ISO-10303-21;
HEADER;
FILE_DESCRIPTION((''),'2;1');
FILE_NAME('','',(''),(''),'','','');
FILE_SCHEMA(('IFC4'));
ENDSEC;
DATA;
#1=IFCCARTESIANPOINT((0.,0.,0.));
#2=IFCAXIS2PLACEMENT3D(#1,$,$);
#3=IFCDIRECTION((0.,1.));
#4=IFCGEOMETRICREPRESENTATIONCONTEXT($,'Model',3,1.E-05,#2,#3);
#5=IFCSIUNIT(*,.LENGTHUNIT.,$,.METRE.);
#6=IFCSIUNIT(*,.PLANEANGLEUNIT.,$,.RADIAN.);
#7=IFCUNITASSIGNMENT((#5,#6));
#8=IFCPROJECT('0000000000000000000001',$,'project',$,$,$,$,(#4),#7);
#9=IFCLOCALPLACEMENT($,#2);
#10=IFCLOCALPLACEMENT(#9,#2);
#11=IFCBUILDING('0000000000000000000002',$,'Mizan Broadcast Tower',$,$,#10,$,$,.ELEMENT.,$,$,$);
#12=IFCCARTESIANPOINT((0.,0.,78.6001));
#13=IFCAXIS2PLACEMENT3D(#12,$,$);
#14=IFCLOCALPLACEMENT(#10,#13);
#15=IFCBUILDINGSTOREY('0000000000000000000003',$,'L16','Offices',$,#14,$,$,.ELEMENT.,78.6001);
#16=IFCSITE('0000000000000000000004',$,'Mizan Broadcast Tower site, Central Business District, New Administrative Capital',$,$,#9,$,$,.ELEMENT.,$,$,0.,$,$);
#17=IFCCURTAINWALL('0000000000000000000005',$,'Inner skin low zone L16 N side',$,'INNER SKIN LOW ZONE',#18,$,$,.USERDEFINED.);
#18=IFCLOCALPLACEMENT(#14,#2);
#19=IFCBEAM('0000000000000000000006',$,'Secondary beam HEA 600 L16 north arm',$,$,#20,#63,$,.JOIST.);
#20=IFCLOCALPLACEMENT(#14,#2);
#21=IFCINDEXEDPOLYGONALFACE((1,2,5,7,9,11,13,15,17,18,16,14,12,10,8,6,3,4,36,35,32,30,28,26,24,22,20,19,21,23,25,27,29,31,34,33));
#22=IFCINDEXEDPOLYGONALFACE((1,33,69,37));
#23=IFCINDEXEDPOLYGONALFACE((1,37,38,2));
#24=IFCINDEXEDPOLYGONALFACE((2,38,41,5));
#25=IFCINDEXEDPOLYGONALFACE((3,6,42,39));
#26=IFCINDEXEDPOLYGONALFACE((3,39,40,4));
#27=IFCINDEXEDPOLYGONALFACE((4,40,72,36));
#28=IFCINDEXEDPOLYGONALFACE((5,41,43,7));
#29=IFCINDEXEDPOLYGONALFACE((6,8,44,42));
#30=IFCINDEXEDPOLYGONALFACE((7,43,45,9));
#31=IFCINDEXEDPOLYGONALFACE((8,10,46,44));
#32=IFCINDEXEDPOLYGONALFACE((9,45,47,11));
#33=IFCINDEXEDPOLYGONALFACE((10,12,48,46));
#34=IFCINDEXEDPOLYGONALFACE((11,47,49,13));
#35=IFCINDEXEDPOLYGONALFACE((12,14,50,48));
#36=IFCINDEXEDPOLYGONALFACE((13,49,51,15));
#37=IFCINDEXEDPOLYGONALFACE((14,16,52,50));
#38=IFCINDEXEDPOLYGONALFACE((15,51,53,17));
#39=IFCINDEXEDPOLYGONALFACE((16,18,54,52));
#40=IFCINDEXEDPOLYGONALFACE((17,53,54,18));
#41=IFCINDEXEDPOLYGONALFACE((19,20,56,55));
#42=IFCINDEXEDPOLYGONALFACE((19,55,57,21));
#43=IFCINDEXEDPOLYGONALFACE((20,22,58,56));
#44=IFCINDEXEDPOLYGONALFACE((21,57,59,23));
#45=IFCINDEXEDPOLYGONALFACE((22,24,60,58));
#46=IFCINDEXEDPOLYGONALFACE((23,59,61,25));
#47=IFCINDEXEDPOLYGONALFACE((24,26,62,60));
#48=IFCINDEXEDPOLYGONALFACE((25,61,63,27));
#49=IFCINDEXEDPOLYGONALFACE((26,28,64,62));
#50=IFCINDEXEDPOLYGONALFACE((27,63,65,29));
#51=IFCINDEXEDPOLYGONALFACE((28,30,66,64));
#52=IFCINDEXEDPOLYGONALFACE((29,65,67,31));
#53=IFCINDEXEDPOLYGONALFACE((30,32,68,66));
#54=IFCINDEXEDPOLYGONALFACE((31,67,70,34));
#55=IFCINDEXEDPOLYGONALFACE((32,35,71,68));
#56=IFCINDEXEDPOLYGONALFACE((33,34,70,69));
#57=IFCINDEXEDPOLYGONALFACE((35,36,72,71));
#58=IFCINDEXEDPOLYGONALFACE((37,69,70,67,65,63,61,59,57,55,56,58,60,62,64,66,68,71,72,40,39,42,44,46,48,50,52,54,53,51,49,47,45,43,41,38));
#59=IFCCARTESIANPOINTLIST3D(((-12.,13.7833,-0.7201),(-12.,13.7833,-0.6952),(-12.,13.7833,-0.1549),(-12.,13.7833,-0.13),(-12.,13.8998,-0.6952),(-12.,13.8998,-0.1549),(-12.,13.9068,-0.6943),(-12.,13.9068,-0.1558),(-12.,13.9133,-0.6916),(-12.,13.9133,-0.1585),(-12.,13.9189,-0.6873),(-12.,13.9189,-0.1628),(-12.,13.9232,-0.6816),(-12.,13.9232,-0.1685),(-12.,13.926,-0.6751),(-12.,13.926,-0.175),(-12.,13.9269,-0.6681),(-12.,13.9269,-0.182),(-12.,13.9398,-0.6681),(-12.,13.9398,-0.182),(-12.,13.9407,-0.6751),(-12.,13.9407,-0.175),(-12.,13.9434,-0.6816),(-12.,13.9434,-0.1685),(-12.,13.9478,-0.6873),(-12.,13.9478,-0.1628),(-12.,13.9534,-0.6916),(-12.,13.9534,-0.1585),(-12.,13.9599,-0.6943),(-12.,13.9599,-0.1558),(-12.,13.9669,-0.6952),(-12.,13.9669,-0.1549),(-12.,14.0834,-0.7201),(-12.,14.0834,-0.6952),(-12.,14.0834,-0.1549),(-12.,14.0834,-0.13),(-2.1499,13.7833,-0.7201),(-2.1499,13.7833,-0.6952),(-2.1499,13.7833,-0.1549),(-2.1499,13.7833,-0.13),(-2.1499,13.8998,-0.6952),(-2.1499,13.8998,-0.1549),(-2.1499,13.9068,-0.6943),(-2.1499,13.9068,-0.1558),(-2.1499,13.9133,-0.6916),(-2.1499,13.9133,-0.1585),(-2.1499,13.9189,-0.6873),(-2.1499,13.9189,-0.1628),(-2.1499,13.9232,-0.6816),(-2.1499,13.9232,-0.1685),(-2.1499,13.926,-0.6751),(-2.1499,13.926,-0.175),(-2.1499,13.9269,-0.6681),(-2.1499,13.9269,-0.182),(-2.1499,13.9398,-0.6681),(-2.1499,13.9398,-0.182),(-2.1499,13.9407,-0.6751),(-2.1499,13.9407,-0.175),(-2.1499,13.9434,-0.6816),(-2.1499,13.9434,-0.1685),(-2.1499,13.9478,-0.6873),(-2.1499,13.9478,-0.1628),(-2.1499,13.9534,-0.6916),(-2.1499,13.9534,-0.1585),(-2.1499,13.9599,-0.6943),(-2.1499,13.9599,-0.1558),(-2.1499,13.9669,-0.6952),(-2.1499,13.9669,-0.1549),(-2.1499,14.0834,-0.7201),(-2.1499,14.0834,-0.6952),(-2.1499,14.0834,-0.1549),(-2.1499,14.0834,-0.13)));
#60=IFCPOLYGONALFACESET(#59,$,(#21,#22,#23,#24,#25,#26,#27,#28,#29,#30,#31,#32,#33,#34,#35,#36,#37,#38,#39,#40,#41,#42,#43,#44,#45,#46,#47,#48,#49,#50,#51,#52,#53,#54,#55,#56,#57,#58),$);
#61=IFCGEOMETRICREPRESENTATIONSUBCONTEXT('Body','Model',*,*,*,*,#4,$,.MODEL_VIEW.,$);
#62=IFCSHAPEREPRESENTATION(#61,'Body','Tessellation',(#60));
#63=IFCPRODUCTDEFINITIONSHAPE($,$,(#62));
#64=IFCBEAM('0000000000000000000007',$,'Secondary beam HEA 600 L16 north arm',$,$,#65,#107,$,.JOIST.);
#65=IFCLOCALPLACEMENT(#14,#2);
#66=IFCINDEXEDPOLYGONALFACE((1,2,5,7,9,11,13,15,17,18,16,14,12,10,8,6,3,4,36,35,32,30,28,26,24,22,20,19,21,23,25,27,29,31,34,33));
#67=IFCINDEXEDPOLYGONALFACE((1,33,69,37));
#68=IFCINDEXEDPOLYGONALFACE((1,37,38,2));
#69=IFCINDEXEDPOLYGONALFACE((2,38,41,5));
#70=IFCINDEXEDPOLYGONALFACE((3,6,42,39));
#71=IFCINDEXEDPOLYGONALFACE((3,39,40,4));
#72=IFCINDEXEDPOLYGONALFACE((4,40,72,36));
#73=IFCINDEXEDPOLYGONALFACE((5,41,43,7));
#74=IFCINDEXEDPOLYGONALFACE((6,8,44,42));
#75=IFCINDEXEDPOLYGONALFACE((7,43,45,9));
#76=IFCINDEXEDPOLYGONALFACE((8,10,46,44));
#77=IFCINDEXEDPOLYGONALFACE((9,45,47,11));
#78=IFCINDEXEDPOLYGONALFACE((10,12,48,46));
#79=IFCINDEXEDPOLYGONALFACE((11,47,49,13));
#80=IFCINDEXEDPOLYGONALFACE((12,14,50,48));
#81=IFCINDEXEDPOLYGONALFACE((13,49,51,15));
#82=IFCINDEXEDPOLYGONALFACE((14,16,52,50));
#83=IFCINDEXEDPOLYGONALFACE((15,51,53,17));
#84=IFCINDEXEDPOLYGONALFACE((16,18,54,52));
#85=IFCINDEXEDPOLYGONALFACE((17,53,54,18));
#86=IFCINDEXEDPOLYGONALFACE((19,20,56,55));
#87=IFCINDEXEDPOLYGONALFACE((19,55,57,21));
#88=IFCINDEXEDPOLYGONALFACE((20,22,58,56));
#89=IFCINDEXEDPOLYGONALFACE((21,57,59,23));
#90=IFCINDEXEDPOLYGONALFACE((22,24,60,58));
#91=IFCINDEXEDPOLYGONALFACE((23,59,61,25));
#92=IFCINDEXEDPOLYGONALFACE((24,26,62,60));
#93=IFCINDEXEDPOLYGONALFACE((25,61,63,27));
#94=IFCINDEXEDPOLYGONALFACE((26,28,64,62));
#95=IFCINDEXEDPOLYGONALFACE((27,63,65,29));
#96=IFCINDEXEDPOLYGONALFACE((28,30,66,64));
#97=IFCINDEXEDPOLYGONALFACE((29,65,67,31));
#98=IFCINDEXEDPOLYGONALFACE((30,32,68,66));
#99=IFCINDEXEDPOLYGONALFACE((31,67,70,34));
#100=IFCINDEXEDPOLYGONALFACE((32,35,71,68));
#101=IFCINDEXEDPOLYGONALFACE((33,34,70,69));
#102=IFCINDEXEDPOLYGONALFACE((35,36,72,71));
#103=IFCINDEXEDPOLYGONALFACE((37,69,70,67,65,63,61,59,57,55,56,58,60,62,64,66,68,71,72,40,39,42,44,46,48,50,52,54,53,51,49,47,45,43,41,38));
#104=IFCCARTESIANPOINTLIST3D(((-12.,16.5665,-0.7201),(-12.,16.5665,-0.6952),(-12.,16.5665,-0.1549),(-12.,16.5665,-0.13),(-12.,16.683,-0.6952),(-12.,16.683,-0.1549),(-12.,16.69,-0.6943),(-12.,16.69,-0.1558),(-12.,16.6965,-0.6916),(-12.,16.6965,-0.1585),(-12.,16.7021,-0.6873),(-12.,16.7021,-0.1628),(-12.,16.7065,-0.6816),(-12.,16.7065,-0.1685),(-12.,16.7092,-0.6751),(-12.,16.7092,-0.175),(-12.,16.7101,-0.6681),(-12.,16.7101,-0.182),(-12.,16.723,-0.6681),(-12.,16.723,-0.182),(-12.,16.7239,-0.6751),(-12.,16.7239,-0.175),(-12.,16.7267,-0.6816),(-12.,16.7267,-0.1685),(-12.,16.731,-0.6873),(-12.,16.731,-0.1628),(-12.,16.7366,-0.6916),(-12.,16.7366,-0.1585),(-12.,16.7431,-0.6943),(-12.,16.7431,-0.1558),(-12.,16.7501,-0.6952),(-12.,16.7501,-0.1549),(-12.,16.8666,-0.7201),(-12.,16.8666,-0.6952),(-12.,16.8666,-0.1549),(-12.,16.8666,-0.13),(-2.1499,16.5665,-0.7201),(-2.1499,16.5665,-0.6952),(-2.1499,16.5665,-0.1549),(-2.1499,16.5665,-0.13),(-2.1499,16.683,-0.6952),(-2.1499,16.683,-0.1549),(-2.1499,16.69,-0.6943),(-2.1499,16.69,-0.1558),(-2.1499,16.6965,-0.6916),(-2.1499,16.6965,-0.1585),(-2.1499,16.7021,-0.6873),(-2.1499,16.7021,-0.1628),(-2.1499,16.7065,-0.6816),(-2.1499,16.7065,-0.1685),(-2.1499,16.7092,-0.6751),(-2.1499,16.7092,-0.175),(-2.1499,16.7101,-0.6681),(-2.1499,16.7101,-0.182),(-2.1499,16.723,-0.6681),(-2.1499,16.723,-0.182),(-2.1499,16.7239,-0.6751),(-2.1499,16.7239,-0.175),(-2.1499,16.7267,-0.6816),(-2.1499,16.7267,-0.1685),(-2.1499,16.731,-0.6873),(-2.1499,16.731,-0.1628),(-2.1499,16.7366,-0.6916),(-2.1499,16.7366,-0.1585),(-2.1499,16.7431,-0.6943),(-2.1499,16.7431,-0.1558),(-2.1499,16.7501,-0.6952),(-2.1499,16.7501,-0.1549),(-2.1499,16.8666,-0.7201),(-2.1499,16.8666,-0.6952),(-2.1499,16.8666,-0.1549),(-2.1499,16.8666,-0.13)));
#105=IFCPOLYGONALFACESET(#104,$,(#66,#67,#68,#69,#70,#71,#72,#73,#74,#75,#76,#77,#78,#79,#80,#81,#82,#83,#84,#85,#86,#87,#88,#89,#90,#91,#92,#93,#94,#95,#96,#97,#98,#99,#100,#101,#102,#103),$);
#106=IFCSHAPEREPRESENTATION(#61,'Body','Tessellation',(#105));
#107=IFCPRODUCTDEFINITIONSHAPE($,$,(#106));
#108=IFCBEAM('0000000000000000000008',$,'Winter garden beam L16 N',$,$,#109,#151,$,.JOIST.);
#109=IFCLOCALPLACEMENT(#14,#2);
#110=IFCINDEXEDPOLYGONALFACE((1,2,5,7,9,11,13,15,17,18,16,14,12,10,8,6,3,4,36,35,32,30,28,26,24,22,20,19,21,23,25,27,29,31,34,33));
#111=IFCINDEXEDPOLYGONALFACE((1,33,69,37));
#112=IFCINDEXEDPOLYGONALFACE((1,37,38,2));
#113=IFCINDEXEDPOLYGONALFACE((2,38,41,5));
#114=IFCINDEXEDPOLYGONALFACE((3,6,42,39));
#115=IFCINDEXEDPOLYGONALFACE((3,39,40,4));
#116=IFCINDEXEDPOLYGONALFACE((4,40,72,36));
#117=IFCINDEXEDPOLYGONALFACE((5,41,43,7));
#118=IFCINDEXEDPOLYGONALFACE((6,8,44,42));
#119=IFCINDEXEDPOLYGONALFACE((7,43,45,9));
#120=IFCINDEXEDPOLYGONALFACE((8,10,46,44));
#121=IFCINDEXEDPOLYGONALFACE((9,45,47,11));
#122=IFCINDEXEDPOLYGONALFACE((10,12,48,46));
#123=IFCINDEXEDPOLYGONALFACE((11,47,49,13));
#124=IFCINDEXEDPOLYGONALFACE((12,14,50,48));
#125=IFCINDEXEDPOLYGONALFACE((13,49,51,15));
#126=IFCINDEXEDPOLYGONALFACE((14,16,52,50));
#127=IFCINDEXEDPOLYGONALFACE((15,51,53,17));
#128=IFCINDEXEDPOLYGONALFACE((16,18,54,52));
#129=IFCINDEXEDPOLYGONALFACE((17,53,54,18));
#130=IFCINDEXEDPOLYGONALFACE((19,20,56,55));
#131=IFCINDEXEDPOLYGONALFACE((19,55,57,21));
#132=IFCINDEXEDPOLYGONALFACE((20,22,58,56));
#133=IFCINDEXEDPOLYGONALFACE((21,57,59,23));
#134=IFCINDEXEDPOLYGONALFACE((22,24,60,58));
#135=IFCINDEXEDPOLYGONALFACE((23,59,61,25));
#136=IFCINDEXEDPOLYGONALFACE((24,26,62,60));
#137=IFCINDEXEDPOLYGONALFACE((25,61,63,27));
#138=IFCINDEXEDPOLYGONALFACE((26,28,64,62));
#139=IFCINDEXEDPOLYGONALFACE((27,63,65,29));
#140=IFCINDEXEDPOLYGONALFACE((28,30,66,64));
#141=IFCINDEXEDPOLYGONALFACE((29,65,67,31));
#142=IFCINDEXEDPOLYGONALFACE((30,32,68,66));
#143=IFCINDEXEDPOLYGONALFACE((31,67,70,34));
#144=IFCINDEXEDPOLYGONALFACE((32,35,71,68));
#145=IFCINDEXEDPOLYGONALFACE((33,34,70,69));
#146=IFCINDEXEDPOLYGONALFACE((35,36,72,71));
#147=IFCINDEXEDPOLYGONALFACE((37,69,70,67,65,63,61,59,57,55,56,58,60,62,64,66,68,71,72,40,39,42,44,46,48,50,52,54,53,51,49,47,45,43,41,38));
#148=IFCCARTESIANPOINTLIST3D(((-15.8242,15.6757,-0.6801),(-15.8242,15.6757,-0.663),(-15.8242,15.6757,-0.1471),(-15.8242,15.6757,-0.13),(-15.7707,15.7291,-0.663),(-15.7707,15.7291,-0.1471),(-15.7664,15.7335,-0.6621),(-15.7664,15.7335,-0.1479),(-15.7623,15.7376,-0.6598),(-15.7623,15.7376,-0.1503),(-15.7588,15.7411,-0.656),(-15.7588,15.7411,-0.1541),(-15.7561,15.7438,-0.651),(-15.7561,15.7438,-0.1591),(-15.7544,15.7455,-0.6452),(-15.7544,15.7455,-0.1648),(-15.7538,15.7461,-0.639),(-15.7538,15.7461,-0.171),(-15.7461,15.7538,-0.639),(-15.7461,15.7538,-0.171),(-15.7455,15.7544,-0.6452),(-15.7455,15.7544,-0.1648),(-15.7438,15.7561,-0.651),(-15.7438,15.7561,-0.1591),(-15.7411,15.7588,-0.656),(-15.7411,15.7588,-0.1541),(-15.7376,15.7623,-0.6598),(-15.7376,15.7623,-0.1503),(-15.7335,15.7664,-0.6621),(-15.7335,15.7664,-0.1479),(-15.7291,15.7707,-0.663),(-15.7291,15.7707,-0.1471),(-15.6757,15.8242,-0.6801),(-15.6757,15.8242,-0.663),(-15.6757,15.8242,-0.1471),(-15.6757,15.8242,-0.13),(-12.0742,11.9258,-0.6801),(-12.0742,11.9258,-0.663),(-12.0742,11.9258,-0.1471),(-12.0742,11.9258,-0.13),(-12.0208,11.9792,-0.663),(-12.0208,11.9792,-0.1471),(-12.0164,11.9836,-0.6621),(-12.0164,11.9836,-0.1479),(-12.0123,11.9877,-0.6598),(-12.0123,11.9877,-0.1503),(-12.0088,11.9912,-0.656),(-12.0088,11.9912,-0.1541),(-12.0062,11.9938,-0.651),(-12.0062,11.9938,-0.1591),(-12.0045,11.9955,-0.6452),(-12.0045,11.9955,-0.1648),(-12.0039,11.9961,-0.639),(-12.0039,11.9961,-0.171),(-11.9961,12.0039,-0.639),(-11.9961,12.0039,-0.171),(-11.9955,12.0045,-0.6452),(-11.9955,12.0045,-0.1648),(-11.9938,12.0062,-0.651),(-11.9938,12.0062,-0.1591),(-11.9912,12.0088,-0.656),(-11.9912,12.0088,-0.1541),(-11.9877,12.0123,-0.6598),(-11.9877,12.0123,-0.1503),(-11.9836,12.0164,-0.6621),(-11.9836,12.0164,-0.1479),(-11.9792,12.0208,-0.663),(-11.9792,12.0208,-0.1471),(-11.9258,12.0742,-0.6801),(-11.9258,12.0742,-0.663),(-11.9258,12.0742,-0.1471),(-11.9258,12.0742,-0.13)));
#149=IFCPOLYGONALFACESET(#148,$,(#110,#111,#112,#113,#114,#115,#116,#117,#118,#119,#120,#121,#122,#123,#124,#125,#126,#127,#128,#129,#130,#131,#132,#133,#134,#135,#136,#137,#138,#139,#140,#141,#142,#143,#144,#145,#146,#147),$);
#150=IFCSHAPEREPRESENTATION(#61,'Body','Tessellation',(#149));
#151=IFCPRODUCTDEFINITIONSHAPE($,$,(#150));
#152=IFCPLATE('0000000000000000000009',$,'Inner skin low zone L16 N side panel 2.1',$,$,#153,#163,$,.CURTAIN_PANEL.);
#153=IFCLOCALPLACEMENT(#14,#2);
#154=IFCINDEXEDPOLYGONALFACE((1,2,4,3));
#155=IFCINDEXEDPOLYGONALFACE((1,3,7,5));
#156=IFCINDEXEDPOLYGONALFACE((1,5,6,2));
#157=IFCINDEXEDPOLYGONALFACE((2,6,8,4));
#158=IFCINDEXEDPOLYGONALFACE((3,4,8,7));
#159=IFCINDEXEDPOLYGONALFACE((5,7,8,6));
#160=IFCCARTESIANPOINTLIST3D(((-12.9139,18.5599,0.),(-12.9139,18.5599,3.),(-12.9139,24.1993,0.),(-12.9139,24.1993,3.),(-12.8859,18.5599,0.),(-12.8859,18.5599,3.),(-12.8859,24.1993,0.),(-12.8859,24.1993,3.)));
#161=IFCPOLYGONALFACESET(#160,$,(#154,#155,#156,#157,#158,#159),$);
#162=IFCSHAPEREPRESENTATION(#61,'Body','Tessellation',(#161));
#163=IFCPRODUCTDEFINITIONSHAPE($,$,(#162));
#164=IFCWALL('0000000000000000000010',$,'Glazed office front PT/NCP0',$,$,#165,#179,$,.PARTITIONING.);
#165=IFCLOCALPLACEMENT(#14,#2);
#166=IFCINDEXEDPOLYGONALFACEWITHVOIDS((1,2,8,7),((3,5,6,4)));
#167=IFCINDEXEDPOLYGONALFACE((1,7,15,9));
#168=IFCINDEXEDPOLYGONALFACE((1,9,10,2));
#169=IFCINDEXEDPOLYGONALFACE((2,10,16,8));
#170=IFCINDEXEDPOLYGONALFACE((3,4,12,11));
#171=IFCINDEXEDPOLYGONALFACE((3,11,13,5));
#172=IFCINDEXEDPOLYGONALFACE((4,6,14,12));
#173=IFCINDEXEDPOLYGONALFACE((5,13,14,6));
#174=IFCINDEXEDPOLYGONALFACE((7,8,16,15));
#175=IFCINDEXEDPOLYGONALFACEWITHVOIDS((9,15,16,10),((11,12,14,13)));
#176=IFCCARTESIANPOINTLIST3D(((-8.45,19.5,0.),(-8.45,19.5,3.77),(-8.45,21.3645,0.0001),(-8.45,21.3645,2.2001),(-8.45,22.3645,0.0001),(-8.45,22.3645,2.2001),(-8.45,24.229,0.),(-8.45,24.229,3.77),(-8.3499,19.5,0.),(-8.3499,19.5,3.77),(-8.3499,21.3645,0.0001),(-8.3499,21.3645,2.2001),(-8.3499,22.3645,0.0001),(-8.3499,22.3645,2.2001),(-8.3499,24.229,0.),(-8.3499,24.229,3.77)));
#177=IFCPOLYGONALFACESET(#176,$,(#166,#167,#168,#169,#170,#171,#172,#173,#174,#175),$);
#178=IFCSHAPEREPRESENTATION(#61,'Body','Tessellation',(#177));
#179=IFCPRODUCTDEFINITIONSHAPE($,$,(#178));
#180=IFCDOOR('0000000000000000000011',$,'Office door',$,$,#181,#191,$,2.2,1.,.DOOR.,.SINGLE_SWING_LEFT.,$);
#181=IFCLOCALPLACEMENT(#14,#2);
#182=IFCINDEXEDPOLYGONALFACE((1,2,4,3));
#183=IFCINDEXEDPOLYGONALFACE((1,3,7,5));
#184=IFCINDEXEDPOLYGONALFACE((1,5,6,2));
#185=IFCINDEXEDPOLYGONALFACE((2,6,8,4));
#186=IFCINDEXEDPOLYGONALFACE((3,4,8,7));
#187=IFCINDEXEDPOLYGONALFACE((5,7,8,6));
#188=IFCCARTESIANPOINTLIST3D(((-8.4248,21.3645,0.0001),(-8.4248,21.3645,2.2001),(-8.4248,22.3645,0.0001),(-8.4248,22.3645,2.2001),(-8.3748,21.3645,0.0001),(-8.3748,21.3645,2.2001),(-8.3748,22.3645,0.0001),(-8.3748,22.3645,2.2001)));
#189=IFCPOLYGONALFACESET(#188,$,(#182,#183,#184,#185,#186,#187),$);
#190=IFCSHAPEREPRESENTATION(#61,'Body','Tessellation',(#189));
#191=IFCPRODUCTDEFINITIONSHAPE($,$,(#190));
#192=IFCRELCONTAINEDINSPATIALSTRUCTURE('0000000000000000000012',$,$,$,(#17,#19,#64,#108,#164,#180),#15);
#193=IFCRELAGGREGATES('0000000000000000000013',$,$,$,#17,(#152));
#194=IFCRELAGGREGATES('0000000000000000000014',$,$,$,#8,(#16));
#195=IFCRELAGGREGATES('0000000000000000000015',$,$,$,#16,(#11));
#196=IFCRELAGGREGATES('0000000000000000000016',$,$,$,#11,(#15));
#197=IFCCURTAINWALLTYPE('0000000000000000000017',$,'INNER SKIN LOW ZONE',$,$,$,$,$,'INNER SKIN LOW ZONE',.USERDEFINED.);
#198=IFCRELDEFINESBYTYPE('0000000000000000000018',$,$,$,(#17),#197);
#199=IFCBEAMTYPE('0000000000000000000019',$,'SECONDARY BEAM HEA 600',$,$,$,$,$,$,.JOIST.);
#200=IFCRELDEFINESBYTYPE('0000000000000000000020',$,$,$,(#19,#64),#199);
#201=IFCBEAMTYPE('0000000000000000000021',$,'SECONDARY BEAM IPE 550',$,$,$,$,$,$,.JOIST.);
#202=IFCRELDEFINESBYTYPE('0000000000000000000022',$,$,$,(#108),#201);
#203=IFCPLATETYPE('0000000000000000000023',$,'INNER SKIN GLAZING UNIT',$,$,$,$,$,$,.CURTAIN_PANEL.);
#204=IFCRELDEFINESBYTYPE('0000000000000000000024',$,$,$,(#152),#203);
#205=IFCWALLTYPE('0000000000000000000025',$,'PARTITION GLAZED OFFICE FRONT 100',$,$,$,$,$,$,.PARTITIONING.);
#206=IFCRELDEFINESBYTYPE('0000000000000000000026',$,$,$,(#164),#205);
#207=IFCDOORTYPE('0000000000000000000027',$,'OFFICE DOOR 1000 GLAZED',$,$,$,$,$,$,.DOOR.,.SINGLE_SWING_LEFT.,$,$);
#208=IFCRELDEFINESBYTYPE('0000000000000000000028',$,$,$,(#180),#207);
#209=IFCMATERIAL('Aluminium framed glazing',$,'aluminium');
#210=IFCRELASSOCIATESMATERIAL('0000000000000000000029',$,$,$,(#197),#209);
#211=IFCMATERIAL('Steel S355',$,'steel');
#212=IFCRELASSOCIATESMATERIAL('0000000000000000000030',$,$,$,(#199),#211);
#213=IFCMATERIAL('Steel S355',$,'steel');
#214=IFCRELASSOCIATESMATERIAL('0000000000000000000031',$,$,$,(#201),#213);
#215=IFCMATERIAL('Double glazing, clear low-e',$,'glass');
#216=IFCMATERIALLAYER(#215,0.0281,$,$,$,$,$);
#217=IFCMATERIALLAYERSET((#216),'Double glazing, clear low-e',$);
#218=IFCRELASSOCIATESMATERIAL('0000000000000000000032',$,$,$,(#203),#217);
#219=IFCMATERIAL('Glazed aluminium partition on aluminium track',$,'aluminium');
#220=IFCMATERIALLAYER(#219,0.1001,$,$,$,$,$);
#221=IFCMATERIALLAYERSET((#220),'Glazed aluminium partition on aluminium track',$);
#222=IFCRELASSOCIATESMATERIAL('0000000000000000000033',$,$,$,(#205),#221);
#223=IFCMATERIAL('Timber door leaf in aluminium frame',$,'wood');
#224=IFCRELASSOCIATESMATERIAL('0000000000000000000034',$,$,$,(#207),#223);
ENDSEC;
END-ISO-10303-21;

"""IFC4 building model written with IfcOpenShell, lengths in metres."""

from ifc_helpers import new_model, si_unit, direction, frame, frame_2d, origin, origin_2d, place, context, subcontext, project, spatial, rectangle, i_section, extrude, material, layer, layer_set, material_profile, profile_set, type_object, element, fill, aggregate, save


model = new_model("IFC4")

# Units and contexts
model_context = context("Model", 3, precision=1e-05, world=origin(), true_north=direction((0.0, 1.0)))
body_context = subcontext(model_context, "Body", "Model", "MODEL_VIEW")
ifc_project = project(units=[si_unit("LENGTHUNIT", "METRE"), si_unit("PLANEANGLEUNIT", "RADIAN")], contexts=[model_context])

# Site, building, storey
site_placement = place(None, origin())
site = spatial("IfcSite", under=ifc_project, at=site_placement, Name="Mizan Broadcast Tower site, Central Business District, New Administrative Capital", CompositionType="ELEMENT", RefElevation=0.0)
building_placement = place(site_placement, origin())
building = spatial("IfcBuilding", under=site, at=building_placement, Name="Mizan Broadcast Tower", CompositionType="ELEMENT")
storey_placement = place(building_placement, frame((0.0, 0.0, 78.6001)))
storey = spatial("IfcBuildingStorey", under=building, at=storey_placement, Name="L16", Description="Offices", CompositionType="ELEMENT", Elevation=78.6001)

# Curtain wall
ifc_material_1 = material(Name="Aluminium framed glazing", Category="aluminium")
curtain_wall_type = type_object("IfcCurtainWallType", Name="INNER SKIN LOW ZONE", ElementType="INNER SKIN LOW ZONE", PredefinedType="USERDEFINED", material=ifc_material_1)
curtain_wall_placement = place(storey_placement, origin())
curtain_wall = element("IfcCurtainWall", 1, at=curtain_wall_placement, inside=storey, type_object=curtain_wall_type, Name="Inner skin low zone L16 N side", ObjectType="INNER SKIN LOW ZONE", PredefinedType="USERDEFINED")

# Beams
ifc_material_2 = material(Name="Steel S355", Category="steel")
ifc_material_profile_1 = material_profile(ifc_material_2, i_section(OverallWidth=0.3, OverallDepth=0.5901, WebThickness=0.0129, FlangeThickness=0.0249, FilletRadius=0.0271, at=origin_2d()), Name="HEA 600")
ifc_profile_set_1 = profile_set([ifc_material_profile_1], Name="Steel S355")
beam_type_1 = type_object("IfcBeamType", Name="SECONDARY BEAM HEA 600", PredefinedType="JOIST", material=ifc_profile_set_1)
for number, where, z_axis, x_axis, name in (
    (2, (-12.0, 13.9333, -0.425), (1.0, 0.0, 0.0), (0.0, 1.0, 0.0), "Secondary beam HEA 600 L16 north arm"),
    (3, (-12.0, 16.7166, -0.425), (1.0, 0.0, 0.0), (0.0, 1.0, 0.0), "Secondary beam HEA 600 L16 north arm"),
):
    element("IfcBeam", number, at=place(storey_placement, frame(where, z_axis=z_axis, x_axis=x_axis)), inside=storey, type_object=beam_type_1, Name=name, PredefinedType="JOIST", context=body_context, shape_type="SweptSolid", body=[
        extrude(i_section(OverallWidth=0.3, OverallDepth=0.5901, WebThickness=0.0129, FlangeThickness=0.0249, FilletRadius=0.0271, at=origin_2d()), origin(), (0.0, 0.0, 1.0), 9.8501),
    ])
ifc_material_3 = material(Name="Steel S355", Category="steel")
ifc_material_profile_2 = material_profile(ifc_material_3, i_section(OverallWidth=0.21, OverallDepth=0.55, WebThickness=0.011, FlangeThickness=0.0171, FilletRadius=0.0239, at=origin_2d()), Name="IPE 550")
ifc_profile_set_2 = profile_set([ifc_material_profile_2], Name="Steel S355")
beam_type_2 = type_object("IfcBeamType", Name="SECONDARY BEAM IPE 550", PredefinedType="JOIST", material=ifc_profile_set_2)
beam_1_placement = place(storey_placement, frame((-12.0, 12.0, -0.405), z_axis=(-0.707107, 0.707107, 0.0), x_axis=(-0.707107, -0.707107, 0.0)))
element("IfcBeam", 4, at=beam_1_placement, inside=storey, type_object=beam_type_2, Name="Winter garden beam L16 N", PredefinedType="JOIST", context=body_context, shape_type="SweptSolid", body=[
    extrude(i_section(OverallWidth=0.21, OverallDepth=0.55, WebThickness=0.011, FlangeThickness=0.0171, FilletRadius=0.0239, at=origin_2d()), origin(), (0.0, 0.0, 1.0), 5.3032),
])

# Plate
ifc_material_4 = material(Name="Double glazing, clear low-e", Category="glass")
ifc_layer_1 = layer(ifc_material_4, 0.0281)
ifc_layer_set_1 = layer_set([ifc_layer_1], Name="Double glazing, clear low-e")
plate_type = type_object("IfcPlateType", Name="INNER SKIN GLAZING UNIT", PredefinedType="CURTAIN_PANEL", material=ifc_layer_set_1)
plate_placement = place(storey_placement, frame((-12.8999, 21.3796, 0.0), z_axis=(0.0, 0.0, 1.0), x_axis=(0.0, -1.0, 0.0)))
plate = element("IfcPlate", 5, at=plate_placement, type_object=plate_type, Name="Inner skin low zone L16 N side panel 2.1", PredefinedType="CURTAIN_PANEL", context=body_context, shape_type="SweptSolid", body=[
    extrude(rectangle(XDim=5.6394, YDim=0.0281, at=origin_2d()), origin(), (0.0, 0.0, 1.0), 3.0),
])
aggregate(curtain_wall, [plate])

# Wall, opening, door
ifc_material_5 = material(Name="Glazed aluminium partition on aluminium track", Category="aluminium")
ifc_layer_2 = layer(ifc_material_5, 0.1001)
ifc_layer_set_2 = layer_set([ifc_layer_2], Name="Glazed aluminium partition on aluminium track")
wall_type = type_object("IfcWallType", Name="PARTITION GLAZED OFFICE FRONT 100", PredefinedType="PARTITIONING", material=ifc_layer_set_2)
wall_1_placement = place(storey_placement, frame((-8.3999, 19.5, 0.0), z_axis=(0.0, 0.0, 1.0), x_axis=(0.0, 1.0, 0.0)))
wall_1 = element("IfcWall", 6, at=wall_1_placement, inside=storey, type_object=wall_type, Name="Glazed office front PT/NCP0", PredefinedType="PARTITIONING", context=body_context, shape_type="SweptSolid", body=[
    extrude(rectangle(XDim=4.729, YDim=0.1001, at=frame_2d((2.3645, 0.0))), origin(), (0.0, 0.0, 1.0), 3.77),
])
opening_placement = place(wall_1_placement, frame((1.8645, 0.0, 0.0)))
opening = element("IfcOpeningElement", 7, at=opening_placement, cuts=wall_1, PredefinedType="OPENING", context=body_context, shape_type="SweptSolid", body=[
    extrude(rectangle(XDim=1.0, YDim=2.2, at=frame_2d((0.5, 1.1001))), frame((0.0, 0.0601, 0.0), z_axis=(0.0, -1.0, 0.0), x_axis=(1.0, 0.0, 0.0)), (0.0, 0.0, 1.0), 0.1201),
])
ifc_material_6 = material(Name="Timber door leaf in aluminium frame", Category="wood")
door_type = type_object("IfcDoorType", Name="OFFICE DOOR 1000 GLAZED", OperationType="SINGLE_SWING_LEFT", PredefinedType="DOOR", material=ifc_material_6)
door_placement = place(opening_placement, origin())
door = element("IfcDoor", 8, at=door_placement, inside=storey, type_object=door_type, Name="Office door", OperationType="SINGLE_SWING_LEFT", OverallHeight=2.2, OverallWidth=1.0, PredefinedType="DOOR", context=body_context, shape_type="SweptSolid", body=[
    extrude(rectangle(XDim=1.0, YDim=2.2, at=frame_2d((0.5, 1.1001))), frame((0.0, 0.0249, 0.0), z_axis=(0.0, -1.0, 0.0), x_axis=(1.0, 0.0, 0.0)), (0.0, 0.0, 1.0), 0.05),
])
fill(opening, door)

save(model, "model.ifc")
